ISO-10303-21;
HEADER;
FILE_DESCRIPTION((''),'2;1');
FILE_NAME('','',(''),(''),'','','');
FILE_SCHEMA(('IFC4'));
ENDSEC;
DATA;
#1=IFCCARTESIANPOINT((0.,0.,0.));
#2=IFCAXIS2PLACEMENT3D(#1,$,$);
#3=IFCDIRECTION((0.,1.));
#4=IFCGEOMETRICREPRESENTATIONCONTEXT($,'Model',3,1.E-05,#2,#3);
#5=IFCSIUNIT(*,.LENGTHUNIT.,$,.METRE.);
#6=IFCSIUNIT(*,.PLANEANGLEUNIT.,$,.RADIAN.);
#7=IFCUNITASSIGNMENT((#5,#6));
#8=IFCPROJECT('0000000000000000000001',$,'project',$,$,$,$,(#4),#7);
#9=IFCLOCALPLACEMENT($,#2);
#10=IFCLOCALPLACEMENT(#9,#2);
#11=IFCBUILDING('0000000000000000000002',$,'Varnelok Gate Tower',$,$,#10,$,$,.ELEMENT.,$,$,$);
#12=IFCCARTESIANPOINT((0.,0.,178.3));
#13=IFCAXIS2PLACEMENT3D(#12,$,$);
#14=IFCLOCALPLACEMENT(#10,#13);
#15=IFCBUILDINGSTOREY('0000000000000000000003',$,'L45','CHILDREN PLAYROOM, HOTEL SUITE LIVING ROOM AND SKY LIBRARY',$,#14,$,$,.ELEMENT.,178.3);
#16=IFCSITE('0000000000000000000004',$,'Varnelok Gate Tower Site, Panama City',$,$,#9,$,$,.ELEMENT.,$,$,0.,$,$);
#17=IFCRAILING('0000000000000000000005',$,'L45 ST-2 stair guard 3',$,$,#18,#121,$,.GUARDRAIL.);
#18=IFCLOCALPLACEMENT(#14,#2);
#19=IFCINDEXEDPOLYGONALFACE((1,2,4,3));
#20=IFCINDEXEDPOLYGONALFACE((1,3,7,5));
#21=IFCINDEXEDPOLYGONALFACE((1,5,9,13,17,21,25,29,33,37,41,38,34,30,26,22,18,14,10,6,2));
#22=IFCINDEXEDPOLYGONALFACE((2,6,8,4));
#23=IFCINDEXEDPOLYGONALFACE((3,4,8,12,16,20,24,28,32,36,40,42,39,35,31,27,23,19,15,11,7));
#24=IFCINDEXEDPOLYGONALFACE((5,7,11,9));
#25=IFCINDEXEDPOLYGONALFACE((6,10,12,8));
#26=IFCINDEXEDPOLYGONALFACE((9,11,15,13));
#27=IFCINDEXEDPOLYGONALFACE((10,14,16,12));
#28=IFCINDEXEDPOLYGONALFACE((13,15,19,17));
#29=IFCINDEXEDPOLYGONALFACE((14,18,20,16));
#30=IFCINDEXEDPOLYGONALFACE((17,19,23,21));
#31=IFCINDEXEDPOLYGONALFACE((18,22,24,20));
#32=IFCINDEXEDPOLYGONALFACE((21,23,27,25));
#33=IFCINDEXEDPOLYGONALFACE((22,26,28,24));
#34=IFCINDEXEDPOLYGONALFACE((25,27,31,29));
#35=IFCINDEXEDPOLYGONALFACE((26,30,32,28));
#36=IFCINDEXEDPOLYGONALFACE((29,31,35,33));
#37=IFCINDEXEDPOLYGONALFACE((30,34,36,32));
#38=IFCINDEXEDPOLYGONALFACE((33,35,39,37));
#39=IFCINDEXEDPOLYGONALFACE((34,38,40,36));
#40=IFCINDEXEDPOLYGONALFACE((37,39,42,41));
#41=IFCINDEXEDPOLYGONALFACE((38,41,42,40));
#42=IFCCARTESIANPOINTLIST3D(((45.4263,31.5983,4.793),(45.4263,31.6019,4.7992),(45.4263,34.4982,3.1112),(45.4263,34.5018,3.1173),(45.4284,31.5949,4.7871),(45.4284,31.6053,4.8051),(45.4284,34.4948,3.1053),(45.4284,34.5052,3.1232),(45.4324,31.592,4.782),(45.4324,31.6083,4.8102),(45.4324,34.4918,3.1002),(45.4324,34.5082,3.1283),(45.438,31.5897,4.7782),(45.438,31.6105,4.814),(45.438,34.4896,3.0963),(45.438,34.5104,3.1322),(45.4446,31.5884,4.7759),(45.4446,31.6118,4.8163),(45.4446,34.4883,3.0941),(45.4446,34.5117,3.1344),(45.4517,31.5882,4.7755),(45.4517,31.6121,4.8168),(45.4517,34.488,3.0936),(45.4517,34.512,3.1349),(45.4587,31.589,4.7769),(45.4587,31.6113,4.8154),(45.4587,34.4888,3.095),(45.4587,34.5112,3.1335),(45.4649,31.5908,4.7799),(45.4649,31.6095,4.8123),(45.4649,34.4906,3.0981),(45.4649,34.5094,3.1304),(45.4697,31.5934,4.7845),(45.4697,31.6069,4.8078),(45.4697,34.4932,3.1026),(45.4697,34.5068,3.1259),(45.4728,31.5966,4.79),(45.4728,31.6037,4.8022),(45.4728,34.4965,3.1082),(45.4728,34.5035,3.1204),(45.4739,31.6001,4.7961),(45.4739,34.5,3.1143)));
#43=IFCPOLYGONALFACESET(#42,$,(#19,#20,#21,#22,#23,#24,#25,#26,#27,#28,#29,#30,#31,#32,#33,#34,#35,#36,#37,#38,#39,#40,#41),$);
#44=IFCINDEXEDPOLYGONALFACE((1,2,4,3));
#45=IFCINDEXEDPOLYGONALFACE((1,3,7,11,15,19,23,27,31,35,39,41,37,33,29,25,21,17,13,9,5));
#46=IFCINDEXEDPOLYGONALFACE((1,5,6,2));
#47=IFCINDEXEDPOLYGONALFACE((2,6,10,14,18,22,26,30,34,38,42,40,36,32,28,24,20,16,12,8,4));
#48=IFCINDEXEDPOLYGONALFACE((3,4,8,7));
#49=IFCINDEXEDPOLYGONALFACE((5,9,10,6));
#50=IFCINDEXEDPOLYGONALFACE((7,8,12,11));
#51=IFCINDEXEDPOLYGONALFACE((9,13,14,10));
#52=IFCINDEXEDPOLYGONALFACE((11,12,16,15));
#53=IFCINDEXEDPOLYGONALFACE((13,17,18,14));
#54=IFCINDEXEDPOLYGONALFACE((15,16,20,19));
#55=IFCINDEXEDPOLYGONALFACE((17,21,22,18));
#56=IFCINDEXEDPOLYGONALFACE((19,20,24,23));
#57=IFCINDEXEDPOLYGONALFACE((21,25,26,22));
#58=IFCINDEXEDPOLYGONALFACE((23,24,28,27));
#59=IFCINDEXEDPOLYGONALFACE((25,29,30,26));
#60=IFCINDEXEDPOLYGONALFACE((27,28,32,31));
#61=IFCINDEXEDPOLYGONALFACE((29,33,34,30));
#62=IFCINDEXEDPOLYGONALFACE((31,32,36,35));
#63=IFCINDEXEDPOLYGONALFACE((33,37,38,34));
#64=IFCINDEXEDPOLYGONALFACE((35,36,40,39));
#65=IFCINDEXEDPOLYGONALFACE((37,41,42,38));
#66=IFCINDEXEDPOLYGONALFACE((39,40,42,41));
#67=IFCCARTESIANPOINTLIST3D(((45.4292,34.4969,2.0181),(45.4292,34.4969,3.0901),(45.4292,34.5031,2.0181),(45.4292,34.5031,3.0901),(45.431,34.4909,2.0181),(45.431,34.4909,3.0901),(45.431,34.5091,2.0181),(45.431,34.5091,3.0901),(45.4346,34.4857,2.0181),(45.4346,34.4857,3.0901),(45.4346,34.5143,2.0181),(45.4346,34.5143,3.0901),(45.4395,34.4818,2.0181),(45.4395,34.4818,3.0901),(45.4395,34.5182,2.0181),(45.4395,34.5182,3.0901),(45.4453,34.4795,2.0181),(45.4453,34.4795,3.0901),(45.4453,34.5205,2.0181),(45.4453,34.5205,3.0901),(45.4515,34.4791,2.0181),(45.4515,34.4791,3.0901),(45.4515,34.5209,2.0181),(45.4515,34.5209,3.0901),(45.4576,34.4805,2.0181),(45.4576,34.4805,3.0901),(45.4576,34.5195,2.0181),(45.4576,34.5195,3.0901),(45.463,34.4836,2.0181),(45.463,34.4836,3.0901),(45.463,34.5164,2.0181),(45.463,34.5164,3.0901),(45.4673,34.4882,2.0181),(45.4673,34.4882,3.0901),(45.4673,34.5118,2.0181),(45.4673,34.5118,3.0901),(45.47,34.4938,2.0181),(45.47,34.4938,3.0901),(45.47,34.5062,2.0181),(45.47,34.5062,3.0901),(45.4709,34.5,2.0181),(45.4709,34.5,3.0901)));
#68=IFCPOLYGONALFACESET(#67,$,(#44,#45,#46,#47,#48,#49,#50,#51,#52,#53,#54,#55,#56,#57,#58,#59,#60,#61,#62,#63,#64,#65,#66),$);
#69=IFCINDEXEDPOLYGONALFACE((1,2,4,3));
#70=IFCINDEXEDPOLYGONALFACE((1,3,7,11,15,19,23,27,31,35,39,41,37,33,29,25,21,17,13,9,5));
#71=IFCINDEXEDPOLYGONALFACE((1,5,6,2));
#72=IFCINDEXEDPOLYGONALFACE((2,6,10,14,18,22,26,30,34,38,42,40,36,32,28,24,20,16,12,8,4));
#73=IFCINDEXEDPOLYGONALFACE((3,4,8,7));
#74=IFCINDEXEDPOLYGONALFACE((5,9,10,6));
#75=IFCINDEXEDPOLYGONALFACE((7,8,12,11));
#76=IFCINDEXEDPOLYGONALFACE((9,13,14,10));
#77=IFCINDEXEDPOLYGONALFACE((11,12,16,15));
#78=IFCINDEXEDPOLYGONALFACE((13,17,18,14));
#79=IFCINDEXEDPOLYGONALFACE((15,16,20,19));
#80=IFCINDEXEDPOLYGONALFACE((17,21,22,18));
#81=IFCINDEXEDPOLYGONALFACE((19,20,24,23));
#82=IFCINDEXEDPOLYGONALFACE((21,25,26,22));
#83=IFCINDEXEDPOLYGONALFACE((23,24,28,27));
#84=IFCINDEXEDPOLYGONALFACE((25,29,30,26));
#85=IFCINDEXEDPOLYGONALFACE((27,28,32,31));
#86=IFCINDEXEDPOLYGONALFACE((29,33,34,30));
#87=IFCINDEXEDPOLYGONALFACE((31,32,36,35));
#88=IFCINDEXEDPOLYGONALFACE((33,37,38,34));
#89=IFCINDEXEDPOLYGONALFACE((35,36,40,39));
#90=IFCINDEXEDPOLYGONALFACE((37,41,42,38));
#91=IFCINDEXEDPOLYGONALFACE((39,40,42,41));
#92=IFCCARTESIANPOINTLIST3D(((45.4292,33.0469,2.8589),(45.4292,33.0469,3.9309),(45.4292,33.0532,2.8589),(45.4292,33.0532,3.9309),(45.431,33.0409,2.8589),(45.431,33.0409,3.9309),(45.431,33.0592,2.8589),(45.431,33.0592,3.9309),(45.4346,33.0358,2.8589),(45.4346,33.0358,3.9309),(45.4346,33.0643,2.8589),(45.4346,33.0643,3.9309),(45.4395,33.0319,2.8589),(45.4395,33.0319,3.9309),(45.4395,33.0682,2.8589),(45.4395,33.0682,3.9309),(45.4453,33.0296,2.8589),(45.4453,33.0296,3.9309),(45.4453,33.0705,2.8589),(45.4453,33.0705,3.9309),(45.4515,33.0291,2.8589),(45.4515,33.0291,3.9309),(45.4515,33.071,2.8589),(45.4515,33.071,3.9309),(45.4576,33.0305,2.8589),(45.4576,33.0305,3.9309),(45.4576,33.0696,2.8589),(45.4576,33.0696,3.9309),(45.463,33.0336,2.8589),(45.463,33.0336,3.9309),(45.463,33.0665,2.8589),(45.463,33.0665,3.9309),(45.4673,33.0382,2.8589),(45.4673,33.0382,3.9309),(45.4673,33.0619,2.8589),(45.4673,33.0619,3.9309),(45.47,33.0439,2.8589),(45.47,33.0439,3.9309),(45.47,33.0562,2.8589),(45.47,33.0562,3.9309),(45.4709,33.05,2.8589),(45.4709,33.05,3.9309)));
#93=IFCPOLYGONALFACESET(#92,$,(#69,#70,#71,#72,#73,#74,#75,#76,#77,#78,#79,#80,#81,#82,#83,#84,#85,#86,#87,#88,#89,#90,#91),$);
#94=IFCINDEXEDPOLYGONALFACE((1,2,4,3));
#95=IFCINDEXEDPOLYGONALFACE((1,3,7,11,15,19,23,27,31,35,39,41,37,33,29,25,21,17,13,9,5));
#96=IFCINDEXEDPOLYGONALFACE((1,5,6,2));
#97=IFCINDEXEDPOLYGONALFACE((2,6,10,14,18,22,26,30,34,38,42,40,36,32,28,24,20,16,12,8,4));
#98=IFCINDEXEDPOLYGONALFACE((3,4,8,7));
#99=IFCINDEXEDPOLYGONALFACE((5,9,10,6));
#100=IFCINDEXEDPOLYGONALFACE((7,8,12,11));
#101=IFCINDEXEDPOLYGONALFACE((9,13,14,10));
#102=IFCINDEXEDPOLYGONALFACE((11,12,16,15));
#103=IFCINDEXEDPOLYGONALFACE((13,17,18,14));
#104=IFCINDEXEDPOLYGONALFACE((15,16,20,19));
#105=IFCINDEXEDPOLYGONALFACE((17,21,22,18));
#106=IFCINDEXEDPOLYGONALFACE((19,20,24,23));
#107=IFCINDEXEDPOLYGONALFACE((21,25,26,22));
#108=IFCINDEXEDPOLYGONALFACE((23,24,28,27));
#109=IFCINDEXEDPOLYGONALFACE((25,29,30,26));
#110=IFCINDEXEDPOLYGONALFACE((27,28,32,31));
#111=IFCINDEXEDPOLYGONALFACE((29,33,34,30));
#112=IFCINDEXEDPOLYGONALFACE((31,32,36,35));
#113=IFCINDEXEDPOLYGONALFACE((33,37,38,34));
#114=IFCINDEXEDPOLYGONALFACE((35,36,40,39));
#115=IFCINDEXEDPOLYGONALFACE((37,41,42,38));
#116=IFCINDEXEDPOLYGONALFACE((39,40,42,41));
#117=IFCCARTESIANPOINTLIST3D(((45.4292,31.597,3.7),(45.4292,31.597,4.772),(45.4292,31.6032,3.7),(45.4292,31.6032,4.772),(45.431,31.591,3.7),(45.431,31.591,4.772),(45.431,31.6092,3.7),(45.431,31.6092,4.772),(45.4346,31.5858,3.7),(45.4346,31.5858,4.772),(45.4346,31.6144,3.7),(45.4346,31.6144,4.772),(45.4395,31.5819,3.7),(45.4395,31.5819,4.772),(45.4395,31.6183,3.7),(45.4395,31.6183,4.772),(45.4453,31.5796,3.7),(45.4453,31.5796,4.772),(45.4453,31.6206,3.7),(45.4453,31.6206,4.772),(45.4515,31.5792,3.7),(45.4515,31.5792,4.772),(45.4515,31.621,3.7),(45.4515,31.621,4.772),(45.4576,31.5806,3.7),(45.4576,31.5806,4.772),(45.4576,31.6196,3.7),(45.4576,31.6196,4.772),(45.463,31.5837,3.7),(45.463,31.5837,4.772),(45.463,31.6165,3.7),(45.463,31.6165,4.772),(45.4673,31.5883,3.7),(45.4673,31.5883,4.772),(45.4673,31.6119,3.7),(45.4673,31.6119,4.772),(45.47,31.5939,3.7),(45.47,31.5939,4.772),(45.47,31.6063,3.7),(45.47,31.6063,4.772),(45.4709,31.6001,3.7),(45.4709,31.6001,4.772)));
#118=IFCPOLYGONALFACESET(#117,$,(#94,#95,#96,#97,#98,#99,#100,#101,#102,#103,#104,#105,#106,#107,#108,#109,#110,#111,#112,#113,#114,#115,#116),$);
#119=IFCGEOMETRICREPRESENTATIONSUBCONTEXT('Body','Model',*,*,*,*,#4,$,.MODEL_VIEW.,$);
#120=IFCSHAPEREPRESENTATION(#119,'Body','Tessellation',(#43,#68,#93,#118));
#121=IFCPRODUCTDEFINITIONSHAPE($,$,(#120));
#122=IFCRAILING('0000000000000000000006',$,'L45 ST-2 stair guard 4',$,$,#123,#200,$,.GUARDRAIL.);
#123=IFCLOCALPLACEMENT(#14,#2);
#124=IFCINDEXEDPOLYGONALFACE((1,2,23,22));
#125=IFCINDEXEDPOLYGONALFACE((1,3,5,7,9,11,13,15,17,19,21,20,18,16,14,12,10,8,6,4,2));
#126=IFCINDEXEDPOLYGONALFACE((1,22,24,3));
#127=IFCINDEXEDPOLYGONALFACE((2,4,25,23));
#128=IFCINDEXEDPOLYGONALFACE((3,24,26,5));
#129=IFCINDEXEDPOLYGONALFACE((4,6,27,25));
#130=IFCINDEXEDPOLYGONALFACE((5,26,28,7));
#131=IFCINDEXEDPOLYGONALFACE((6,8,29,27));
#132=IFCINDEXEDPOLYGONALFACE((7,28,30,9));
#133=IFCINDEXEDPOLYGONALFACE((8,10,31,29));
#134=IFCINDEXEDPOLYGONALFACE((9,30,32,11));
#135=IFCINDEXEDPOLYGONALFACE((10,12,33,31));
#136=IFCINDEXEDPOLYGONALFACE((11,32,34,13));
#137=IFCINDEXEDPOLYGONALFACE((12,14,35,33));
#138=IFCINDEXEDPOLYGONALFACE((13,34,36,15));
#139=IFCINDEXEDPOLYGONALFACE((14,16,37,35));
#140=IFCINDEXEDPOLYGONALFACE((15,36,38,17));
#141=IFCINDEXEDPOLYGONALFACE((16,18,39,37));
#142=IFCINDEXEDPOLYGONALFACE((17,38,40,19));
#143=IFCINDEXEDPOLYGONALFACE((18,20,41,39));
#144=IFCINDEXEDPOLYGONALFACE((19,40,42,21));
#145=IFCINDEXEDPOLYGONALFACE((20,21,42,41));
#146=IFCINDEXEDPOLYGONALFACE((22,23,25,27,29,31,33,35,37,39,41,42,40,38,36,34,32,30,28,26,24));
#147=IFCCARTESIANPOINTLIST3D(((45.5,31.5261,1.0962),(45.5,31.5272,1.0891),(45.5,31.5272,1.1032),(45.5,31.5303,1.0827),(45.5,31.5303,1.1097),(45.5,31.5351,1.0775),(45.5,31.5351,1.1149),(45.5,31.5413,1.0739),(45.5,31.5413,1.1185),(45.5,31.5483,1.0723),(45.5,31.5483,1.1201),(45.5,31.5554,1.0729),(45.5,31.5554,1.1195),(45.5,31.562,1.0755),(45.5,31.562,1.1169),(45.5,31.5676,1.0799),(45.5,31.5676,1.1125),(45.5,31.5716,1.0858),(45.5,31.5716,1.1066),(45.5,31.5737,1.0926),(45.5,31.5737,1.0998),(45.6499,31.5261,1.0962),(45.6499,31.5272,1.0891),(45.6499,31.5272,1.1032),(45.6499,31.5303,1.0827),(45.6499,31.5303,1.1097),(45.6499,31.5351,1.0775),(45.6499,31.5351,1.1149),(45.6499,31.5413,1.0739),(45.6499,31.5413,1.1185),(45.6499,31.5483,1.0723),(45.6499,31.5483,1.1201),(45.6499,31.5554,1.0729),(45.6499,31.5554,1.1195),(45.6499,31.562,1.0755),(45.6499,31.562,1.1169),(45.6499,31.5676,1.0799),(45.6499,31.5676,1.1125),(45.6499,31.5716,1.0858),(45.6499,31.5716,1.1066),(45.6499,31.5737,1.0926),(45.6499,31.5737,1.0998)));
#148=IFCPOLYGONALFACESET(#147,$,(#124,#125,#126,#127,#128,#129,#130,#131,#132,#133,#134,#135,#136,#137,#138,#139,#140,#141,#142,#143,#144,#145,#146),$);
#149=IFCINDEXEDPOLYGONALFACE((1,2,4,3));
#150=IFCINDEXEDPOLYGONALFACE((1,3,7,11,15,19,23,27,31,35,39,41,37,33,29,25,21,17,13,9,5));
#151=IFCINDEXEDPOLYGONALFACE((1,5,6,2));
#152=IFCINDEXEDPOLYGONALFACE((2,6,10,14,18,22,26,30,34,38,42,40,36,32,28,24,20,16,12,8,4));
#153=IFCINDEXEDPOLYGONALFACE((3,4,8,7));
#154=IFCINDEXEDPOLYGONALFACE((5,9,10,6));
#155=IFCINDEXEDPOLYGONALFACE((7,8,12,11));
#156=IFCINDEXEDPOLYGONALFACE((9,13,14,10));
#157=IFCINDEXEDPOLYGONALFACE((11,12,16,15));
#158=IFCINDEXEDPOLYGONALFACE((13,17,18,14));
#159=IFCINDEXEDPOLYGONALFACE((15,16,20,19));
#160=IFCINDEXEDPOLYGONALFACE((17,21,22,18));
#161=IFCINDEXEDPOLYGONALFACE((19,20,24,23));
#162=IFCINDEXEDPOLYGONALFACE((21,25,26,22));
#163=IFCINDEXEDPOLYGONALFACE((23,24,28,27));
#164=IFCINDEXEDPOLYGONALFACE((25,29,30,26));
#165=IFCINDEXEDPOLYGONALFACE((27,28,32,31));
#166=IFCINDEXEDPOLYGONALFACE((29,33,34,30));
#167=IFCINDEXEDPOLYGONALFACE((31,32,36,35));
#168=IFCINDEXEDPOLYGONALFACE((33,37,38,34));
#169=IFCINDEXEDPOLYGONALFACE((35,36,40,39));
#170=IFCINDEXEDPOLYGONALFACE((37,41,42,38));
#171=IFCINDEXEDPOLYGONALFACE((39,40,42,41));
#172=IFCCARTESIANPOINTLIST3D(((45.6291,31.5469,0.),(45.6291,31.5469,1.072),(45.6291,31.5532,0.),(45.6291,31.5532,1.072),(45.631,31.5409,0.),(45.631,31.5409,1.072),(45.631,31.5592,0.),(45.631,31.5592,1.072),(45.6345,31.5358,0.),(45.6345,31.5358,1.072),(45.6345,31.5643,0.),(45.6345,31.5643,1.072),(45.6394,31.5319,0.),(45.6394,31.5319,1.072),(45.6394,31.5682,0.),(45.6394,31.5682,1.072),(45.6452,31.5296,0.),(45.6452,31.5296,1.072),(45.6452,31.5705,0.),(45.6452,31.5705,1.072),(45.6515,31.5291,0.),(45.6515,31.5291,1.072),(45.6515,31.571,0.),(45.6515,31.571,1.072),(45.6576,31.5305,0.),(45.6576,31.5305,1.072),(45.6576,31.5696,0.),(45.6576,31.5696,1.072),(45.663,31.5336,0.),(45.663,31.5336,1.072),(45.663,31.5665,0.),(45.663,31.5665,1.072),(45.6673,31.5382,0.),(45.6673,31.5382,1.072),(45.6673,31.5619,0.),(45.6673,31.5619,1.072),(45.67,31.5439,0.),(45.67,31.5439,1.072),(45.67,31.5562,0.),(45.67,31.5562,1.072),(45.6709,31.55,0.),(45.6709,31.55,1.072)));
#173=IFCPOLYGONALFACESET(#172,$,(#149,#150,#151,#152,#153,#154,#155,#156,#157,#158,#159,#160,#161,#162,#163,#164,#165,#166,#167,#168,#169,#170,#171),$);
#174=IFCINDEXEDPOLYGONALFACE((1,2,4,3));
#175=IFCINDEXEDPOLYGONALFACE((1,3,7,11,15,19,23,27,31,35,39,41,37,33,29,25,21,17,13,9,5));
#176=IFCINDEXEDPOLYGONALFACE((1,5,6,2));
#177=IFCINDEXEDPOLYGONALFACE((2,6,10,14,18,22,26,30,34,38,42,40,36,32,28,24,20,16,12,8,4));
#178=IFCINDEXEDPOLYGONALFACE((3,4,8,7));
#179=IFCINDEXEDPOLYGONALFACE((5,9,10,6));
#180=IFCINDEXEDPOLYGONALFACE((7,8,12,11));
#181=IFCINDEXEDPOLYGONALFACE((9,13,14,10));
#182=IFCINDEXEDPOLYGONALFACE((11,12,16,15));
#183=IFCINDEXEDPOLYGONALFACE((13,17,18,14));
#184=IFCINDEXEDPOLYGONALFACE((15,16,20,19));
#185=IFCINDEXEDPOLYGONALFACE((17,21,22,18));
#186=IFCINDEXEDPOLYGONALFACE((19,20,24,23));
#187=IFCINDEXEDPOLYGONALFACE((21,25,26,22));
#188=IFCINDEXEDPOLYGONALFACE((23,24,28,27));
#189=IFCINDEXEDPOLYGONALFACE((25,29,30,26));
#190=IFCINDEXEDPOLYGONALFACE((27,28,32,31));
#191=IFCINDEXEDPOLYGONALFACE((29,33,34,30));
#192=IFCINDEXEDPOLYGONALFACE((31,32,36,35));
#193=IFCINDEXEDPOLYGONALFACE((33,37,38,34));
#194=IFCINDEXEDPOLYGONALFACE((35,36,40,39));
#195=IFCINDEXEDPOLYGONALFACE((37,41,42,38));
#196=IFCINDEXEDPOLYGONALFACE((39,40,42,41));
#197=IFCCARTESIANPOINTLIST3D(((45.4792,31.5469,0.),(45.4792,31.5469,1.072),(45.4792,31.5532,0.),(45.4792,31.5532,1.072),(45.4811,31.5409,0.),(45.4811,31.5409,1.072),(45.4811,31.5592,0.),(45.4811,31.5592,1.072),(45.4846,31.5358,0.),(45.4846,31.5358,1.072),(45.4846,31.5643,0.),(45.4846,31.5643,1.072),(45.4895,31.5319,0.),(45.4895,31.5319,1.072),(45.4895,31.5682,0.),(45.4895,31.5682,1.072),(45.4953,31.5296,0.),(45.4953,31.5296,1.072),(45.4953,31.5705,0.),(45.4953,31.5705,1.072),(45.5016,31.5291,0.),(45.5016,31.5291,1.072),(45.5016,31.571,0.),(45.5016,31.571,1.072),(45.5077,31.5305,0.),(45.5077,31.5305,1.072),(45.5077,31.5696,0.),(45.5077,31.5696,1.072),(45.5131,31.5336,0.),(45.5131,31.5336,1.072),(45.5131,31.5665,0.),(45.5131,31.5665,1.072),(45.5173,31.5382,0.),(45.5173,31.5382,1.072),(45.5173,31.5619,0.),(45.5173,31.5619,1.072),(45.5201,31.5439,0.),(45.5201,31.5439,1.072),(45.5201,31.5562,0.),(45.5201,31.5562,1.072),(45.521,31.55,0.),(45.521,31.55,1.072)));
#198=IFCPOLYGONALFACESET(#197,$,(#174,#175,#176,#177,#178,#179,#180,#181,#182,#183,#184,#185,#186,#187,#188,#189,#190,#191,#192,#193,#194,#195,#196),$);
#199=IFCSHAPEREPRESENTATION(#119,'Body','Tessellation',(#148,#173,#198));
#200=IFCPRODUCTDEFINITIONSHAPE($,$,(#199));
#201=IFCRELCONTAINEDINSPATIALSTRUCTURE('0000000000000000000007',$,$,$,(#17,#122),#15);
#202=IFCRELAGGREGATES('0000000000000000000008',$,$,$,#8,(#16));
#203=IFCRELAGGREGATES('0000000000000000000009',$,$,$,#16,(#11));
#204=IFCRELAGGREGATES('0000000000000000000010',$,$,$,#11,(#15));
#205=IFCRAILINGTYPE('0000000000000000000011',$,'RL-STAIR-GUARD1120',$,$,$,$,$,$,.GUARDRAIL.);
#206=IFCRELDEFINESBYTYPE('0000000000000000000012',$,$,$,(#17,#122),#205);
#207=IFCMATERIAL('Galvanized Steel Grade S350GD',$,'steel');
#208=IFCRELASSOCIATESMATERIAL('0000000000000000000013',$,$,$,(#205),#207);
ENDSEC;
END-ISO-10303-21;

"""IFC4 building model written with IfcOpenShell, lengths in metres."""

from ifc_helpers import new_model, si_unit, direction, frame, origin, origin_2d, place, context, subcontext, project, spatial, circle, extrude, material, type_object, element, save


model = new_model("IFC4")

# Units and contexts
model_context = context("Model", 3, precision=1e-05, world=origin(), true_north=direction((0.0, 1.0)))
body_context = subcontext(model_context, "Body", "Model", "MODEL_VIEW")
ifc_project = project(units=[si_unit("LENGTHUNIT", "METRE"), si_unit("PLANEANGLEUNIT", "RADIAN")], contexts=[model_context])

# Site, building, storey
site_placement = place(None, origin())
site = spatial("IfcSite", under=ifc_project, at=site_placement, Name="Varnelok Gate Tower Site, Panama City", CompositionType="ELEMENT", RefElevation=0.0)
building_placement = place(site_placement, origin())
building = spatial("IfcBuilding", under=site, at=building_placement, Name="Varnelok Gate Tower", CompositionType="ELEMENT")
storey_placement = place(building_placement, frame((0.0, 0.0, 178.3)))
storey = spatial("IfcBuildingStorey", under=building, at=storey_placement, Name="L45", Description="CHILDREN PLAYROOM, HOTEL SUITE LIVING ROOM AND SKY LIBRARY", CompositionType="ELEMENT", Elevation=178.3)

# Shared definitions
ifc_material_1 = material(Name="Galvanized Steel Grade S350GD", Category="steel")

# Railings
railing_type_1 = type_object("IfcRailingType", Name="RL-STAIR-GUARD1120", PredefinedType="GUARDRAIL", material=ifc_material_1)
railing_1_placement = place(storey_placement, frame((45.45, 34.5, 2.0181)))
element("IfcRailing", 1, at=railing_1_placement, inside=storey, type_object=railing_type_1, Name="L45 ST-2 stair guard 3", PredefinedType="GUARDRAIL", context=body_context, shape_type="SweptSolid", body=[
    extrude(circle(Radius=0.0239, at=origin_2d()), frame((0.0, 0.0, 1.0962), z_axis=(0.0, -0.865039, 0.501705), x_axis=(1.0, 0.0, 0.0)), (0.0, 0.0, 1.0), 3.3523),
    extrude(circle(Radius=0.021, at=origin_2d()), origin(), (0.0, 0.0, 1.0), 1.072),
    extrude(circle(Radius=0.021, at=origin_2d()), frame((0.0, -1.45, 0.8408)), (0.0, 0.0, 1.0), 1.072),
    extrude(circle(Radius=0.021, at=origin_2d()), frame((0.0, -2.8999, 1.6819)), (0.0, 0.0, 1.0), 1.072),
])
railing_2_placement = place(storey_placement, frame((45.6499, 31.55, 0.0)))
element("IfcRailing", 2, at=railing_2_placement, inside=storey, type_object=railing_type_1, Name="L45 ST-2 stair guard 4", PredefinedType="GUARDRAIL", context=body_context, shape_type="SweptSolid", body=[
    extrude(circle(Radius=0.0239, at=origin_2d()), frame((0.0, 0.0, 1.0962), z_axis=(-1.0, 0.0, 0.0), x_axis=(0.0, -1.0, 0.0)), (0.0, 0.0, 1.0), 0.1499),
    extrude(circle(Radius=0.021, at=origin_2d()), origin(), (0.0, 0.0, 1.0), 1.072),
    extrude(circle(Radius=0.021, at=origin_2d()), frame((-0.1499, 0.0, 0.0)), (0.0, 0.0, 1.0), 1.072),
])

save(model, "model.ifc")
